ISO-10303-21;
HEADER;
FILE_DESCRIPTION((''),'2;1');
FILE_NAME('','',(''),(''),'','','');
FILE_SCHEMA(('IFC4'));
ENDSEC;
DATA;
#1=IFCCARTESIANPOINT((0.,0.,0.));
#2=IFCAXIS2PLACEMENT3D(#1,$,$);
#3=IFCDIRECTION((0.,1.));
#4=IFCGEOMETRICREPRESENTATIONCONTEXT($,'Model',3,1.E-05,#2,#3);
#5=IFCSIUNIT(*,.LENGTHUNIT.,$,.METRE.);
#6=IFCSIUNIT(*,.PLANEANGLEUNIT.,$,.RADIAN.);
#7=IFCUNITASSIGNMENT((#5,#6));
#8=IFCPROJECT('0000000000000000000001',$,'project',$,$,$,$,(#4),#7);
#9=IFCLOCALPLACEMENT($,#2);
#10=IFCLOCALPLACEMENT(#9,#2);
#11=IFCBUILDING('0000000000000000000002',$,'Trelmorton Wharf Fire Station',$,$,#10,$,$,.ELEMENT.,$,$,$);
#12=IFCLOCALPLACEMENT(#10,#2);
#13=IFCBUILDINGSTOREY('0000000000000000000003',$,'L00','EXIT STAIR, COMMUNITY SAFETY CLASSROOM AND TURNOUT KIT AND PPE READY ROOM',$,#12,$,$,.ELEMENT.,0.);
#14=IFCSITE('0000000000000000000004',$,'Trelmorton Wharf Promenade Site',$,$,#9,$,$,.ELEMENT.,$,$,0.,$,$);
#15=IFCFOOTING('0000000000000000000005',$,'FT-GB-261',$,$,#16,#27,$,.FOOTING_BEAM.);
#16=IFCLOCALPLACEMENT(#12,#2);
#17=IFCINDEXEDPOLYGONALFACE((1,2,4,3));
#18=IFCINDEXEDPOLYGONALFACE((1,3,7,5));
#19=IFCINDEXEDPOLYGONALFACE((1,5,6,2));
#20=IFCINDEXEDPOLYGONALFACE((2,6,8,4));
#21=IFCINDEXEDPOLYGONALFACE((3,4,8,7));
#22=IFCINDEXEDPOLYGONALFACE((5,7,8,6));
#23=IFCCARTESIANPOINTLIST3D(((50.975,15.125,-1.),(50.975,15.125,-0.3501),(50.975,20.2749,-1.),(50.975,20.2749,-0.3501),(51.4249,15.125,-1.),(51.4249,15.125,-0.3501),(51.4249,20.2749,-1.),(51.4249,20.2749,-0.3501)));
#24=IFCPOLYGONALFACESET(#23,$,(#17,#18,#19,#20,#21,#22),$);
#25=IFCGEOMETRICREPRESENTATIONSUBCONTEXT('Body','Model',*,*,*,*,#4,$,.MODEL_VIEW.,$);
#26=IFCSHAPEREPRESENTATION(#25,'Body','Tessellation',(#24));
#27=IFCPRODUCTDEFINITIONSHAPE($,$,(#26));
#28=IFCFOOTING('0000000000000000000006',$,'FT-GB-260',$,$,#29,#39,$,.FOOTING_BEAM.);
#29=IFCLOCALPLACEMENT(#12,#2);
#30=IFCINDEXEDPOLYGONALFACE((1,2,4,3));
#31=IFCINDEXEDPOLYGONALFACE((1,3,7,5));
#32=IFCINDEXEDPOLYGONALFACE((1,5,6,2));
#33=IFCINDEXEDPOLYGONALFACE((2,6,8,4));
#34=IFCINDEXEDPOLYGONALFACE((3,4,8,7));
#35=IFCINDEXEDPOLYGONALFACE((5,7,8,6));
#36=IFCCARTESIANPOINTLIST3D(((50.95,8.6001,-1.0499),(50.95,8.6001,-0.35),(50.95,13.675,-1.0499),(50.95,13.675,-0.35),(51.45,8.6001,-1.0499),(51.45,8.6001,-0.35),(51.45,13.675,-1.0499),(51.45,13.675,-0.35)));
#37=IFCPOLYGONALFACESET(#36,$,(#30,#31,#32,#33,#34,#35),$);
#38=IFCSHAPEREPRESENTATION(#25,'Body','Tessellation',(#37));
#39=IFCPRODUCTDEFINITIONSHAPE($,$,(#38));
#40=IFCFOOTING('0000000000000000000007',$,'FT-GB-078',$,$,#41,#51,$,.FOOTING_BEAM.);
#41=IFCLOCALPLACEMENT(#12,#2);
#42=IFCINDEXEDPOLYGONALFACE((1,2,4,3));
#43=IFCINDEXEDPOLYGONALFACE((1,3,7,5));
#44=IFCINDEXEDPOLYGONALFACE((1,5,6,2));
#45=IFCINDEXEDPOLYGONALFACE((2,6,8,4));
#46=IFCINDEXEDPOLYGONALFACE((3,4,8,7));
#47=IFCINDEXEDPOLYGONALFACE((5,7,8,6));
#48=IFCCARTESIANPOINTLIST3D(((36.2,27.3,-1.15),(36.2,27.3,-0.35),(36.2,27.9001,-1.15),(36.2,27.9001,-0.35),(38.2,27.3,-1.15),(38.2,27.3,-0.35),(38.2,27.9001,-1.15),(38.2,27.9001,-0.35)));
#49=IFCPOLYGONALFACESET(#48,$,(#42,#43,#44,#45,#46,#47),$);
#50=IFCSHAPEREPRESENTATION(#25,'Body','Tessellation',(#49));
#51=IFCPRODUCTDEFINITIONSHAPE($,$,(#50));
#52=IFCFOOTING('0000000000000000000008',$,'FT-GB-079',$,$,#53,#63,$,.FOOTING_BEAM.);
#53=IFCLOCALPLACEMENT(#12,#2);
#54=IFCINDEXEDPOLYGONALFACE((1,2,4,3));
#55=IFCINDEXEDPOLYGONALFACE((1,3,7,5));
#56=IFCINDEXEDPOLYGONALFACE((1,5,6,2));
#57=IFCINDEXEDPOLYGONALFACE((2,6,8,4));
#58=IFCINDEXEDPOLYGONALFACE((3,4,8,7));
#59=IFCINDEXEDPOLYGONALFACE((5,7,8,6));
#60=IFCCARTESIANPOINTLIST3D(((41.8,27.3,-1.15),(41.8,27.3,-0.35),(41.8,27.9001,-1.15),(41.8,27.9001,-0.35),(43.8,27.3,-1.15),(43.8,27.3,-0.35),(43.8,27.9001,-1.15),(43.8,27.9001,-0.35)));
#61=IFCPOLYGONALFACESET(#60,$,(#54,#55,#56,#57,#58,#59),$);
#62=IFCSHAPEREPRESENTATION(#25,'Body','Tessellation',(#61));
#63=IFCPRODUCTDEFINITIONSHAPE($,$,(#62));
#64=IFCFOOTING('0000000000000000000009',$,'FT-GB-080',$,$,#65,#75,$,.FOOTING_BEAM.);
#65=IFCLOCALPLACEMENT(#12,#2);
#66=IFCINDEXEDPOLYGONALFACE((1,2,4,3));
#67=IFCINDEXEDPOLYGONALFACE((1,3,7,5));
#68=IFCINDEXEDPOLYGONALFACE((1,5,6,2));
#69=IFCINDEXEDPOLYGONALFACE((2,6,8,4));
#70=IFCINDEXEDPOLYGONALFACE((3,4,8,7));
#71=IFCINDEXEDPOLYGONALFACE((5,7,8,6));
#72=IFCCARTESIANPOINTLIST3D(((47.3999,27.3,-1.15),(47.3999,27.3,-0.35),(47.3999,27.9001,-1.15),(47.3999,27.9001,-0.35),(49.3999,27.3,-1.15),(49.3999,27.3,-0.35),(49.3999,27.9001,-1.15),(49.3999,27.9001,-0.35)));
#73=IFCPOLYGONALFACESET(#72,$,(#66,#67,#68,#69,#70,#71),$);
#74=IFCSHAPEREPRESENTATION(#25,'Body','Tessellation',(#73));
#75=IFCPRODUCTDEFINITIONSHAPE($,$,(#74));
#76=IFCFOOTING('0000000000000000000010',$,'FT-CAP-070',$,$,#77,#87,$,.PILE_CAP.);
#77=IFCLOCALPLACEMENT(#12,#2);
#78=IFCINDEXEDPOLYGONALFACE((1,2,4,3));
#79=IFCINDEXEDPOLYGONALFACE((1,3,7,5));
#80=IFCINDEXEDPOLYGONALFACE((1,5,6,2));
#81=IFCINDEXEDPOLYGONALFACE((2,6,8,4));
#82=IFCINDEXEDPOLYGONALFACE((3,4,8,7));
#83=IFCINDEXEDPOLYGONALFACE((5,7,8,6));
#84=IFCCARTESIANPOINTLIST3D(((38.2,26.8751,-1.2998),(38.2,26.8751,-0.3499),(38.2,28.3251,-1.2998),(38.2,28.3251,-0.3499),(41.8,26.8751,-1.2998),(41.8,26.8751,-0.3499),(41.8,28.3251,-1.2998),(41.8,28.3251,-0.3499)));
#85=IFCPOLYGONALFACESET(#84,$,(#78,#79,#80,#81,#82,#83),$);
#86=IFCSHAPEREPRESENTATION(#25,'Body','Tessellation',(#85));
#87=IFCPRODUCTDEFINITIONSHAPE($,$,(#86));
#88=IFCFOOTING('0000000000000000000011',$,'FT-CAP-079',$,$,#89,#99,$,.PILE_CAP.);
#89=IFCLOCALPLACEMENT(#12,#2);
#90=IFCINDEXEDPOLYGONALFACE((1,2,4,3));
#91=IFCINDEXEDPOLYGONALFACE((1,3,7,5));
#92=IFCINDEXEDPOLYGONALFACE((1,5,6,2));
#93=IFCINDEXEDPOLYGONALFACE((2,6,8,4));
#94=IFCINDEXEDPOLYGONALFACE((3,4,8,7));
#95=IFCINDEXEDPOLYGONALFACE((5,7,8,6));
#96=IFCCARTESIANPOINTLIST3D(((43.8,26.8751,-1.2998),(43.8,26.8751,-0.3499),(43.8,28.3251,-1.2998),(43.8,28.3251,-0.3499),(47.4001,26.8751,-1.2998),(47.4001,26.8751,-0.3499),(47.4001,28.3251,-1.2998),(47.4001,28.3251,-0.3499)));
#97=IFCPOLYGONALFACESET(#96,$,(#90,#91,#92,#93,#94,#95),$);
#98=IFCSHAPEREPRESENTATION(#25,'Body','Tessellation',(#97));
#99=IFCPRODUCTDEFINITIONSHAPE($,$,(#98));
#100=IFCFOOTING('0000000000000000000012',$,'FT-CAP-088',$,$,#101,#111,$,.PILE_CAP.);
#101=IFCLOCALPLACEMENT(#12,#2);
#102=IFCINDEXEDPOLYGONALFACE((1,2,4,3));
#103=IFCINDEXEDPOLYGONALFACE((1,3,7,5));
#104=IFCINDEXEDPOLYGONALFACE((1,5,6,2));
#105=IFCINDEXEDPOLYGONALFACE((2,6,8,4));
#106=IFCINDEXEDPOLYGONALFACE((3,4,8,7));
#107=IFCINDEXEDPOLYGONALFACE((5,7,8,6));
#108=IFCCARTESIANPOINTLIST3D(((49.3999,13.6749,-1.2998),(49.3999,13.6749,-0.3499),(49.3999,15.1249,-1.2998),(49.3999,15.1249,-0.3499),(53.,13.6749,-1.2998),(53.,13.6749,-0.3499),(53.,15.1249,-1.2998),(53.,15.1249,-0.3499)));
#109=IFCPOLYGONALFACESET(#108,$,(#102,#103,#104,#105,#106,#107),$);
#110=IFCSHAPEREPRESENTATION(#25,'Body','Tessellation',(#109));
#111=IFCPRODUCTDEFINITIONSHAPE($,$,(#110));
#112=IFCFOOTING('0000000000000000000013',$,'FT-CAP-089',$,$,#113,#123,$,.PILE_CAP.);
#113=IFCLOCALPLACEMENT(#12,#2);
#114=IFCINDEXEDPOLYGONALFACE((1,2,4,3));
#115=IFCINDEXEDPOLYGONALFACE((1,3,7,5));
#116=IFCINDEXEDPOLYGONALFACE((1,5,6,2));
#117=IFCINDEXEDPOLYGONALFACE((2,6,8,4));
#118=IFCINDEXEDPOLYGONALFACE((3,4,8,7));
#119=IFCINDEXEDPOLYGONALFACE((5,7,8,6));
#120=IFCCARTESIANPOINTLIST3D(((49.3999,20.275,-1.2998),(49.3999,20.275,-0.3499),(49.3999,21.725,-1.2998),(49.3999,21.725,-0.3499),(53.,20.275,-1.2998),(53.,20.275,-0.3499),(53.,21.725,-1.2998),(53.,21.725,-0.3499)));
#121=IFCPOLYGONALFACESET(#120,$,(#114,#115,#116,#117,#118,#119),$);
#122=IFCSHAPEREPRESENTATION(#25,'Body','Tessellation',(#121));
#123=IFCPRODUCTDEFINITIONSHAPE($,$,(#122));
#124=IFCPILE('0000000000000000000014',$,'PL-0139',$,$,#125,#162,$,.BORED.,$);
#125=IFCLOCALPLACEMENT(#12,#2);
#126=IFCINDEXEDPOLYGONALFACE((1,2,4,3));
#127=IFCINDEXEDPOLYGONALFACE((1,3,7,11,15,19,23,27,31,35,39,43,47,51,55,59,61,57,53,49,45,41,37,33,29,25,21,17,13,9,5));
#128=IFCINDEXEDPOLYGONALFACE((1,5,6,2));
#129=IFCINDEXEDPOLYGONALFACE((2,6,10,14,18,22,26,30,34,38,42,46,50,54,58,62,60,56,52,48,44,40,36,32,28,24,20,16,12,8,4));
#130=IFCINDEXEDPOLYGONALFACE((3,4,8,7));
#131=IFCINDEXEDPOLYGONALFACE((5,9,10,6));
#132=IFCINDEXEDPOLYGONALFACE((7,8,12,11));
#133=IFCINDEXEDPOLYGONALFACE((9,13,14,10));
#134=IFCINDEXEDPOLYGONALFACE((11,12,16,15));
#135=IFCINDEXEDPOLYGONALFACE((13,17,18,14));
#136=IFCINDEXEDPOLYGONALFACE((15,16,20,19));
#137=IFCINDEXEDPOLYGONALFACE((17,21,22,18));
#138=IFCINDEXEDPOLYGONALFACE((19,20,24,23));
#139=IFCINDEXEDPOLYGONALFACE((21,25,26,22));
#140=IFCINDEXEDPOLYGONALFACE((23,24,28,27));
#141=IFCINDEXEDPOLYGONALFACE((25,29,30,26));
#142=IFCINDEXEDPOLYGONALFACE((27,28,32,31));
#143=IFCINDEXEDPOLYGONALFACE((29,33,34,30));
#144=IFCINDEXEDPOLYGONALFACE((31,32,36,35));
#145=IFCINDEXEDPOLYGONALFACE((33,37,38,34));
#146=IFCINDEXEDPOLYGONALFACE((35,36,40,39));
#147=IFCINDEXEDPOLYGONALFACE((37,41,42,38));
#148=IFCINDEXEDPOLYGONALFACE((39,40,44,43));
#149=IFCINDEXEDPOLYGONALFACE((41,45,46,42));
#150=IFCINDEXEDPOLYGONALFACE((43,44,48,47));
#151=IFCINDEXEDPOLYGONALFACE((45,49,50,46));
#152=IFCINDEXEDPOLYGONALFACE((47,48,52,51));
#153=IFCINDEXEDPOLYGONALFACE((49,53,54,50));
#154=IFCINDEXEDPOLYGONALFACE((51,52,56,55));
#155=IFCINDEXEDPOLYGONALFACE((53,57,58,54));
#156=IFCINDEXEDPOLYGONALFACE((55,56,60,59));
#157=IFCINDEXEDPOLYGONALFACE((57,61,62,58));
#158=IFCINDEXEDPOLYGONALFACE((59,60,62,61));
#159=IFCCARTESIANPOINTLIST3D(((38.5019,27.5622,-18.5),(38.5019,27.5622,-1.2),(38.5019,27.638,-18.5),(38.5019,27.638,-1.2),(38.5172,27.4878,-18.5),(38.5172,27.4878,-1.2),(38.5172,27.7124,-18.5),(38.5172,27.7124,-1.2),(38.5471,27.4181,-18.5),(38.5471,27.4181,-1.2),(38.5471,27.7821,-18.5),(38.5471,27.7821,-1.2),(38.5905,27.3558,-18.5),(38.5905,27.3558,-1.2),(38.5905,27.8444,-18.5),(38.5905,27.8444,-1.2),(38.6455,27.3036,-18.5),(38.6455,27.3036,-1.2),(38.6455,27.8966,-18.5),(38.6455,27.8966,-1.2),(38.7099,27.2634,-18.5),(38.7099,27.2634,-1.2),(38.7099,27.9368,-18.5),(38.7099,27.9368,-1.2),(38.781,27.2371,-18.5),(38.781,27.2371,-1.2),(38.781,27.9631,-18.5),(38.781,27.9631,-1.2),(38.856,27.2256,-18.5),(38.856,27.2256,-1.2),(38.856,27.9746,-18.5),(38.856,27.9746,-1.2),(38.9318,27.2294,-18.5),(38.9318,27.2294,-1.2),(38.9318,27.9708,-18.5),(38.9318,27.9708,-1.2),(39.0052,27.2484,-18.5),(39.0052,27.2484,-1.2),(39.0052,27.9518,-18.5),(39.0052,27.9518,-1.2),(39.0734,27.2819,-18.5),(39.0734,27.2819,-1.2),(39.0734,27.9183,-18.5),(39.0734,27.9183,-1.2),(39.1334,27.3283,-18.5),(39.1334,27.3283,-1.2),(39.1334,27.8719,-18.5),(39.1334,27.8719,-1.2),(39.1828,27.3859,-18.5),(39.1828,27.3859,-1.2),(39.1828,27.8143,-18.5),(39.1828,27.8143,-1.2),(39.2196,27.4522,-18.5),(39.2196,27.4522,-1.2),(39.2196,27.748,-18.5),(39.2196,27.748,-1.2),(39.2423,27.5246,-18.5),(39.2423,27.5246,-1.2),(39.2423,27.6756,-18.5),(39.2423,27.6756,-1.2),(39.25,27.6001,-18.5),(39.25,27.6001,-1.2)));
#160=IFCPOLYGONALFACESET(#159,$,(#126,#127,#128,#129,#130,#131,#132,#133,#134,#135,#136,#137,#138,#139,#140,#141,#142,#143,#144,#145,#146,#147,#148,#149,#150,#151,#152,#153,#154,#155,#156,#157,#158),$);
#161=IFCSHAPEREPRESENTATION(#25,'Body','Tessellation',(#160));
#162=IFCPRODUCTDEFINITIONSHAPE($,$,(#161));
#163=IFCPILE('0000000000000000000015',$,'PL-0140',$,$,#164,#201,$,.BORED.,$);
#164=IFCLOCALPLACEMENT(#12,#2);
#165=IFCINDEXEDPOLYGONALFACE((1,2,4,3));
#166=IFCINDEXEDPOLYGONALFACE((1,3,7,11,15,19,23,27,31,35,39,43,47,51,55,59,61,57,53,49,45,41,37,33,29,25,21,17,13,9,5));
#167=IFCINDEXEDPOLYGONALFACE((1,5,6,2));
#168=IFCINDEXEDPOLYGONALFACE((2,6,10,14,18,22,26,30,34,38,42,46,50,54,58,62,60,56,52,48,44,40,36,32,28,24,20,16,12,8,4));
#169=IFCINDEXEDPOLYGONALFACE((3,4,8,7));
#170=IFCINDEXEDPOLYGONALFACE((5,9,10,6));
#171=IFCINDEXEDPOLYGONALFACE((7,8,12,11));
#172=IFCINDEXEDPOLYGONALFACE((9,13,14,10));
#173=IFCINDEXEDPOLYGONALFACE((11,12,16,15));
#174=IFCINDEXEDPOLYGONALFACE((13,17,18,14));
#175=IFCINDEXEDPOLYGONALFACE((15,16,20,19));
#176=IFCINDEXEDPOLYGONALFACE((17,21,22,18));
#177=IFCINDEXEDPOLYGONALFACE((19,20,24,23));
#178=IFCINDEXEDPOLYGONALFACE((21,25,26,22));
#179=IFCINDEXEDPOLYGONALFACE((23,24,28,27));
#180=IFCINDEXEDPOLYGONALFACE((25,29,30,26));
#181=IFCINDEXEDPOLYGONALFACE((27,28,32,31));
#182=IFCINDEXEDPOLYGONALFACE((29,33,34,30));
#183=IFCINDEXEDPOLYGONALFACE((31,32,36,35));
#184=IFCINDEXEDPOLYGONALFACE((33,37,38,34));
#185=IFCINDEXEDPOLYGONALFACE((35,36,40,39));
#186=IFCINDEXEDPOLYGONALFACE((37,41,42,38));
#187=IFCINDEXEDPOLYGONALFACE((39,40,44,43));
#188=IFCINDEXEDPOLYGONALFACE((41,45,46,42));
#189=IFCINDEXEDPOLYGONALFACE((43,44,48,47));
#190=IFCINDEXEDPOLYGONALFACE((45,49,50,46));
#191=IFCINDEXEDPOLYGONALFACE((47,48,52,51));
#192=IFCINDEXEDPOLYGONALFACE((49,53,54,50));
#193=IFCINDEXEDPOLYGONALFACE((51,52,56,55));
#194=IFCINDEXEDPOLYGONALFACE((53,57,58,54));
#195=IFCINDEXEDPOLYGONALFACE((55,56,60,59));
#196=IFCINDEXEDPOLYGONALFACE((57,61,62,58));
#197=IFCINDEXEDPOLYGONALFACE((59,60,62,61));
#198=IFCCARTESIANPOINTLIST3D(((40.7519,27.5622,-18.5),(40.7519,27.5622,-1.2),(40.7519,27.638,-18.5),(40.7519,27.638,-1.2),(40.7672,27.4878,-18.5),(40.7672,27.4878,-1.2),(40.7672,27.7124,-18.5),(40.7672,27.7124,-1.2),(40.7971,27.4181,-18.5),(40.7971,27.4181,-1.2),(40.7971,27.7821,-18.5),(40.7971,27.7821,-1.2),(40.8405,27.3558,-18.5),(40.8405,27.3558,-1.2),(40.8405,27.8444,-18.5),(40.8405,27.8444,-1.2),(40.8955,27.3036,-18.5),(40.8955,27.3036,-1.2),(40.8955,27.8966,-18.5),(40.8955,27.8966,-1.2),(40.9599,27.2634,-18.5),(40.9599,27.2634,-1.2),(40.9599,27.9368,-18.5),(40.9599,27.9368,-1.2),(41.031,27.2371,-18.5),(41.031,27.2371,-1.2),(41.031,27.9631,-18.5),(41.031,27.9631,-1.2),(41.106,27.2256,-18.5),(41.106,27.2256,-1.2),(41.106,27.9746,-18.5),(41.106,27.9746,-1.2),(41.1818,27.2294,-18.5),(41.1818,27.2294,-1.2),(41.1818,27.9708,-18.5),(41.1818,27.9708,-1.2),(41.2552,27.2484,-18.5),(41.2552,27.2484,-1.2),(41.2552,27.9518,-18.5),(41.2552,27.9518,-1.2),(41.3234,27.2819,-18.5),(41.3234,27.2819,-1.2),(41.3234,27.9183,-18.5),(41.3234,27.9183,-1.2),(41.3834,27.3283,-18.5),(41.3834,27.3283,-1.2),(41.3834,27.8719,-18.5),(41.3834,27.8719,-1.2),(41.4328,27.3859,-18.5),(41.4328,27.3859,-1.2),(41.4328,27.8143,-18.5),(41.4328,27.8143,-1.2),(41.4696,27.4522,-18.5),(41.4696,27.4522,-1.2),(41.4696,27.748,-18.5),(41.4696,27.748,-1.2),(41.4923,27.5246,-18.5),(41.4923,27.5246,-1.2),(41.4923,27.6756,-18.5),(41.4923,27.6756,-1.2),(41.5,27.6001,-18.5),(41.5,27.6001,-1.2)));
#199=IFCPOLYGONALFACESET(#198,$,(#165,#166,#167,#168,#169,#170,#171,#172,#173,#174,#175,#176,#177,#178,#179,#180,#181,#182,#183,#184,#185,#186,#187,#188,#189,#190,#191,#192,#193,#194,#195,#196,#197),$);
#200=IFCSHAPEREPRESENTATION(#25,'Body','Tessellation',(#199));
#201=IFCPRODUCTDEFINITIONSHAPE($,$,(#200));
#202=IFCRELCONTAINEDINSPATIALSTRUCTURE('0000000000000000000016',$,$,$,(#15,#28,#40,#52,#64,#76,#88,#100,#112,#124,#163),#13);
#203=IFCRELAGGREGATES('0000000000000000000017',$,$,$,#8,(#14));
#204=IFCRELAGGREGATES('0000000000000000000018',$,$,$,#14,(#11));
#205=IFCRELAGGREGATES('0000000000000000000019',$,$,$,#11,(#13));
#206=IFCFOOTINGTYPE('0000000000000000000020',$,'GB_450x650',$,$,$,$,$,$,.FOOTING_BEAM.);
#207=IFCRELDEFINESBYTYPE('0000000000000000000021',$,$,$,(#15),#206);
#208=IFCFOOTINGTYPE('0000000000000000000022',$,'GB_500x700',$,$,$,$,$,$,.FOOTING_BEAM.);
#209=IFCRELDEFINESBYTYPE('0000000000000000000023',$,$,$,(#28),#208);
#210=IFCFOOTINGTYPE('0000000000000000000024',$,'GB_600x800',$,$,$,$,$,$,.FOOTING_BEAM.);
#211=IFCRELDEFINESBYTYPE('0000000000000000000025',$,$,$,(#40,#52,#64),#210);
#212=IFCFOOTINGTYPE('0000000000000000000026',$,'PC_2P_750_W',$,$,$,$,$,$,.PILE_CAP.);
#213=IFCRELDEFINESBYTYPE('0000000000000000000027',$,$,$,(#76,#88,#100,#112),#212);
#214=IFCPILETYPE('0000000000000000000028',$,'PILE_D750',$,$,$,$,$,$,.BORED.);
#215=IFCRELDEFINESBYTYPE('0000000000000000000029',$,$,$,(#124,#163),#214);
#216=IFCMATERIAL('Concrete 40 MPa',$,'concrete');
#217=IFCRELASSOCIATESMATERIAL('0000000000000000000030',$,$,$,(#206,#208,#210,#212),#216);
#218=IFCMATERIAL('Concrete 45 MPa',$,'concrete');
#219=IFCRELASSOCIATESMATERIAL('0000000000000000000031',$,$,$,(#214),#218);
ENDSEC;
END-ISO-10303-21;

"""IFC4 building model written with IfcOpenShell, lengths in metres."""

from ifc_helpers import new_model, si_unit, direction, frame, origin, origin_2d, place, context, subcontext, project, spatial, rectangle, circle, extrude, material, material_profile, profile_set, type_object, element, save


model = new_model("IFC4")

# Units and contexts
model_context = context("Model", 3, precision=1e-05, world=origin(), true_north=direction((0.0, 1.0)))
body_context = subcontext(model_context, "Body", "Model", "MODEL_VIEW")
ifc_project = project(units=[si_unit("LENGTHUNIT", "METRE"), si_unit("PLANEANGLEUNIT", "RADIAN")], contexts=[model_context])

# Site, building, storey
site_placement = place(None, origin())
site = spatial("IfcSite", under=ifc_project, at=site_placement, Name="Trelmorton Wharf Promenade Site", CompositionType="ELEMENT", RefElevation=0.0)
building_placement = place(site_placement, origin())
building = spatial("IfcBuilding", under=site, at=building_placement, Name="Trelmorton Wharf Fire Station", CompositionType="ELEMENT")
storey_placement = place(building_placement, origin())
storey = spatial("IfcBuildingStorey", under=building, at=storey_placement, Name="L00", Description="EXIT STAIR, COMMUNITY SAFETY CLASSROOM AND TURNOUT KIT AND PPE READY ROOM", CompositionType="ELEMENT", Elevation=0.0)

# Footings
ifc_material_1 = material(Name="Concrete 40 MPa", Category="concrete")
ifc_material_profile_1 = material_profile(ifc_material_1, rectangle(XDim=0.45, YDim=0.6499, at=origin_2d()), Name="RC450x650")
ifc_profile_set_1 = profile_set([ifc_material_profile_1], Name="Concrete 40 MPa")
footing_type_1 = type_object("IfcFootingType", Name="GB_450x650", PredefinedType="FOOTING_BEAM", material=ifc_profile_set_1)
footing_1_placement = place(storey_placement, frame((51.2, 15.125, -0.675), z_axis=(0.0, 1.0, 0.0), x_axis=(-1.0, 0.0, 0.0)))
element("IfcFooting", 1, at=footing_1_placement, inside=storey, type_object=footing_type_1, Name="FT-GB-261", PredefinedType="FOOTING_BEAM", context=body_context, shape_type="SweptSolid", body=[
    extrude(rectangle(XDim=0.45, YDim=0.6499, at=origin_2d()), origin(), (0.0, 0.0, 1.0), 5.1499),
])
ifc_material_profile_2 = material_profile(ifc_material_1, rectangle(XDim=0.5, YDim=0.7, at=origin_2d()), Name="RC500x700")
ifc_profile_set_2 = profile_set([ifc_material_profile_2], Name="Concrete 40 MPa")
footing_type_2 = type_object("IfcFootingType", Name="GB_500x700", PredefinedType="FOOTING_BEAM", material=ifc_profile_set_2)
footing_2_placement = place(storey_placement, frame((51.2, 8.6001, -0.7), z_axis=(0.0, 1.0, 0.0), x_axis=(-1.0, 0.0, 0.0)))
element("IfcFooting", 2, at=footing_2_placement, inside=storey, type_object=footing_type_2, Name="FT-GB-260", PredefinedType="FOOTING_BEAM", context=body_context, shape_type="SweptSolid", body=[
    extrude(rectangle(XDim=0.5, YDim=0.7, at=origin_2d()), origin(), (0.0, 0.0, 1.0), 5.075),
])
ifc_material_profile_3 = material_profile(ifc_material_1, rectangle(XDim=0.6001, YDim=0.8, at=origin_2d()), Name="RC600x800")
ifc_profile_set_3 = profile_set([ifc_material_profile_3], Name="Concrete 40 MPa")
footing_type_3 = type_object("IfcFootingType", Name="GB_600x800", PredefinedType="FOOTING_BEAM", material=ifc_profile_set_3)
for number, where, z_axis, x_axis, name in (
    (3, (36.2, 27.6001, -0.75), (1.0, 0.0, 0.0), (0.0, 1.0, 0.0), "FT-GB-078"),
    (4, (41.8, 27.6001, -0.75), (1.0, 0.0, 0.0), (0.0, 1.0, 0.0), "FT-GB-079"),
    (5, (47.3999, 27.6001, -0.75), (1.0, 0.0, 0.0), (0.0, 1.0, 0.0), "FT-GB-080"),
):
    element("IfcFooting", number, at=place(storey_placement, frame(where, z_axis=z_axis, x_axis=x_axis)), inside=storey, type_object=footing_type_3, Name=name, PredefinedType="FOOTING_BEAM", context=body_context, shape_type="SweptSolid", body=[
        extrude(rectangle(XDim=0.6001, YDim=0.8, at=origin_2d()), origin(), (0.0, 0.0, 1.0), 2.0),
    ])
footing_type_4 = type_object("IfcFootingType", Name="PC_2P_750_W", PredefinedType="PILE_CAP", material=ifc_material_1)
for number, where, z_axis, x_axis, name in (
    (6, (40.0, 27.6001, -1.2998), (0.0, 0.0, 1.0), (1.0, 0.0, 0.0), "FT-CAP-070"),
    (7, (45.6001, 27.6001, -1.2998), (0.0, 0.0, 1.0), (1.0, 0.0, 0.0), "FT-CAP-079"),
    (8, (51.2, 14.3999, -1.2998), (0.0, 0.0, 1.0), (1.0, 0.0, 0.0), "FT-CAP-088"),
    (9, (51.2, 21.0, -1.2998), (0.0, 0.0, 1.0), (1.0, 0.0, 0.0), "FT-CAP-089"),
):
    element("IfcFooting", number, at=place(storey_placement, frame(where, z_axis=z_axis, x_axis=x_axis)), inside=storey, type_object=footing_type_4, Name=name, PredefinedType="PILE_CAP", context=body_context, shape_type="SweptSolid", body=[
        extrude(rectangle(XDim=3.6001, YDim=1.45, at=origin_2d()), origin(), (0.0, 0.0, 1.0), 0.95),
    ])

# Piles
ifc_material_2 = material(Name="Concrete 45 MPa", Category="concrete")
ifc_material_profile_4 = material_profile(ifc_material_2, circle(Radius=0.375, at=origin_2d()), Name="PILE-D750")
ifc_profile_set_4 = profile_set([ifc_material_profile_4], Name="Concrete 45 MPa")
pile_type = type_object("IfcPileType", Name="PILE_D750", PredefinedType="BORED", material=ifc_profile_set_4)
for number, where, z_axis, x_axis, name in (
    (10, (38.875, 27.6001, -1.2), (0.0, 0.0, -1.0), (1.0, 0.0, 0.0), "PL-0139"),
    (11, (41.125, 27.6001, -1.2), (0.0, 0.0, -1.0), (1.0, 0.0, 0.0), "PL-0140"),
):
    element("IfcPile", number, at=place(storey_placement, frame(where, z_axis=z_axis, x_axis=x_axis)), inside=storey, type_object=pile_type, Name=name, PredefinedType="BORED", context=body_context, shape_type="SweptSolid", body=[
        extrude(circle(Radius=0.375, at=origin_2d()), origin(), (0.0, 0.0, 1.0), 17.3),
    ])

save(model, "model.ifc")
